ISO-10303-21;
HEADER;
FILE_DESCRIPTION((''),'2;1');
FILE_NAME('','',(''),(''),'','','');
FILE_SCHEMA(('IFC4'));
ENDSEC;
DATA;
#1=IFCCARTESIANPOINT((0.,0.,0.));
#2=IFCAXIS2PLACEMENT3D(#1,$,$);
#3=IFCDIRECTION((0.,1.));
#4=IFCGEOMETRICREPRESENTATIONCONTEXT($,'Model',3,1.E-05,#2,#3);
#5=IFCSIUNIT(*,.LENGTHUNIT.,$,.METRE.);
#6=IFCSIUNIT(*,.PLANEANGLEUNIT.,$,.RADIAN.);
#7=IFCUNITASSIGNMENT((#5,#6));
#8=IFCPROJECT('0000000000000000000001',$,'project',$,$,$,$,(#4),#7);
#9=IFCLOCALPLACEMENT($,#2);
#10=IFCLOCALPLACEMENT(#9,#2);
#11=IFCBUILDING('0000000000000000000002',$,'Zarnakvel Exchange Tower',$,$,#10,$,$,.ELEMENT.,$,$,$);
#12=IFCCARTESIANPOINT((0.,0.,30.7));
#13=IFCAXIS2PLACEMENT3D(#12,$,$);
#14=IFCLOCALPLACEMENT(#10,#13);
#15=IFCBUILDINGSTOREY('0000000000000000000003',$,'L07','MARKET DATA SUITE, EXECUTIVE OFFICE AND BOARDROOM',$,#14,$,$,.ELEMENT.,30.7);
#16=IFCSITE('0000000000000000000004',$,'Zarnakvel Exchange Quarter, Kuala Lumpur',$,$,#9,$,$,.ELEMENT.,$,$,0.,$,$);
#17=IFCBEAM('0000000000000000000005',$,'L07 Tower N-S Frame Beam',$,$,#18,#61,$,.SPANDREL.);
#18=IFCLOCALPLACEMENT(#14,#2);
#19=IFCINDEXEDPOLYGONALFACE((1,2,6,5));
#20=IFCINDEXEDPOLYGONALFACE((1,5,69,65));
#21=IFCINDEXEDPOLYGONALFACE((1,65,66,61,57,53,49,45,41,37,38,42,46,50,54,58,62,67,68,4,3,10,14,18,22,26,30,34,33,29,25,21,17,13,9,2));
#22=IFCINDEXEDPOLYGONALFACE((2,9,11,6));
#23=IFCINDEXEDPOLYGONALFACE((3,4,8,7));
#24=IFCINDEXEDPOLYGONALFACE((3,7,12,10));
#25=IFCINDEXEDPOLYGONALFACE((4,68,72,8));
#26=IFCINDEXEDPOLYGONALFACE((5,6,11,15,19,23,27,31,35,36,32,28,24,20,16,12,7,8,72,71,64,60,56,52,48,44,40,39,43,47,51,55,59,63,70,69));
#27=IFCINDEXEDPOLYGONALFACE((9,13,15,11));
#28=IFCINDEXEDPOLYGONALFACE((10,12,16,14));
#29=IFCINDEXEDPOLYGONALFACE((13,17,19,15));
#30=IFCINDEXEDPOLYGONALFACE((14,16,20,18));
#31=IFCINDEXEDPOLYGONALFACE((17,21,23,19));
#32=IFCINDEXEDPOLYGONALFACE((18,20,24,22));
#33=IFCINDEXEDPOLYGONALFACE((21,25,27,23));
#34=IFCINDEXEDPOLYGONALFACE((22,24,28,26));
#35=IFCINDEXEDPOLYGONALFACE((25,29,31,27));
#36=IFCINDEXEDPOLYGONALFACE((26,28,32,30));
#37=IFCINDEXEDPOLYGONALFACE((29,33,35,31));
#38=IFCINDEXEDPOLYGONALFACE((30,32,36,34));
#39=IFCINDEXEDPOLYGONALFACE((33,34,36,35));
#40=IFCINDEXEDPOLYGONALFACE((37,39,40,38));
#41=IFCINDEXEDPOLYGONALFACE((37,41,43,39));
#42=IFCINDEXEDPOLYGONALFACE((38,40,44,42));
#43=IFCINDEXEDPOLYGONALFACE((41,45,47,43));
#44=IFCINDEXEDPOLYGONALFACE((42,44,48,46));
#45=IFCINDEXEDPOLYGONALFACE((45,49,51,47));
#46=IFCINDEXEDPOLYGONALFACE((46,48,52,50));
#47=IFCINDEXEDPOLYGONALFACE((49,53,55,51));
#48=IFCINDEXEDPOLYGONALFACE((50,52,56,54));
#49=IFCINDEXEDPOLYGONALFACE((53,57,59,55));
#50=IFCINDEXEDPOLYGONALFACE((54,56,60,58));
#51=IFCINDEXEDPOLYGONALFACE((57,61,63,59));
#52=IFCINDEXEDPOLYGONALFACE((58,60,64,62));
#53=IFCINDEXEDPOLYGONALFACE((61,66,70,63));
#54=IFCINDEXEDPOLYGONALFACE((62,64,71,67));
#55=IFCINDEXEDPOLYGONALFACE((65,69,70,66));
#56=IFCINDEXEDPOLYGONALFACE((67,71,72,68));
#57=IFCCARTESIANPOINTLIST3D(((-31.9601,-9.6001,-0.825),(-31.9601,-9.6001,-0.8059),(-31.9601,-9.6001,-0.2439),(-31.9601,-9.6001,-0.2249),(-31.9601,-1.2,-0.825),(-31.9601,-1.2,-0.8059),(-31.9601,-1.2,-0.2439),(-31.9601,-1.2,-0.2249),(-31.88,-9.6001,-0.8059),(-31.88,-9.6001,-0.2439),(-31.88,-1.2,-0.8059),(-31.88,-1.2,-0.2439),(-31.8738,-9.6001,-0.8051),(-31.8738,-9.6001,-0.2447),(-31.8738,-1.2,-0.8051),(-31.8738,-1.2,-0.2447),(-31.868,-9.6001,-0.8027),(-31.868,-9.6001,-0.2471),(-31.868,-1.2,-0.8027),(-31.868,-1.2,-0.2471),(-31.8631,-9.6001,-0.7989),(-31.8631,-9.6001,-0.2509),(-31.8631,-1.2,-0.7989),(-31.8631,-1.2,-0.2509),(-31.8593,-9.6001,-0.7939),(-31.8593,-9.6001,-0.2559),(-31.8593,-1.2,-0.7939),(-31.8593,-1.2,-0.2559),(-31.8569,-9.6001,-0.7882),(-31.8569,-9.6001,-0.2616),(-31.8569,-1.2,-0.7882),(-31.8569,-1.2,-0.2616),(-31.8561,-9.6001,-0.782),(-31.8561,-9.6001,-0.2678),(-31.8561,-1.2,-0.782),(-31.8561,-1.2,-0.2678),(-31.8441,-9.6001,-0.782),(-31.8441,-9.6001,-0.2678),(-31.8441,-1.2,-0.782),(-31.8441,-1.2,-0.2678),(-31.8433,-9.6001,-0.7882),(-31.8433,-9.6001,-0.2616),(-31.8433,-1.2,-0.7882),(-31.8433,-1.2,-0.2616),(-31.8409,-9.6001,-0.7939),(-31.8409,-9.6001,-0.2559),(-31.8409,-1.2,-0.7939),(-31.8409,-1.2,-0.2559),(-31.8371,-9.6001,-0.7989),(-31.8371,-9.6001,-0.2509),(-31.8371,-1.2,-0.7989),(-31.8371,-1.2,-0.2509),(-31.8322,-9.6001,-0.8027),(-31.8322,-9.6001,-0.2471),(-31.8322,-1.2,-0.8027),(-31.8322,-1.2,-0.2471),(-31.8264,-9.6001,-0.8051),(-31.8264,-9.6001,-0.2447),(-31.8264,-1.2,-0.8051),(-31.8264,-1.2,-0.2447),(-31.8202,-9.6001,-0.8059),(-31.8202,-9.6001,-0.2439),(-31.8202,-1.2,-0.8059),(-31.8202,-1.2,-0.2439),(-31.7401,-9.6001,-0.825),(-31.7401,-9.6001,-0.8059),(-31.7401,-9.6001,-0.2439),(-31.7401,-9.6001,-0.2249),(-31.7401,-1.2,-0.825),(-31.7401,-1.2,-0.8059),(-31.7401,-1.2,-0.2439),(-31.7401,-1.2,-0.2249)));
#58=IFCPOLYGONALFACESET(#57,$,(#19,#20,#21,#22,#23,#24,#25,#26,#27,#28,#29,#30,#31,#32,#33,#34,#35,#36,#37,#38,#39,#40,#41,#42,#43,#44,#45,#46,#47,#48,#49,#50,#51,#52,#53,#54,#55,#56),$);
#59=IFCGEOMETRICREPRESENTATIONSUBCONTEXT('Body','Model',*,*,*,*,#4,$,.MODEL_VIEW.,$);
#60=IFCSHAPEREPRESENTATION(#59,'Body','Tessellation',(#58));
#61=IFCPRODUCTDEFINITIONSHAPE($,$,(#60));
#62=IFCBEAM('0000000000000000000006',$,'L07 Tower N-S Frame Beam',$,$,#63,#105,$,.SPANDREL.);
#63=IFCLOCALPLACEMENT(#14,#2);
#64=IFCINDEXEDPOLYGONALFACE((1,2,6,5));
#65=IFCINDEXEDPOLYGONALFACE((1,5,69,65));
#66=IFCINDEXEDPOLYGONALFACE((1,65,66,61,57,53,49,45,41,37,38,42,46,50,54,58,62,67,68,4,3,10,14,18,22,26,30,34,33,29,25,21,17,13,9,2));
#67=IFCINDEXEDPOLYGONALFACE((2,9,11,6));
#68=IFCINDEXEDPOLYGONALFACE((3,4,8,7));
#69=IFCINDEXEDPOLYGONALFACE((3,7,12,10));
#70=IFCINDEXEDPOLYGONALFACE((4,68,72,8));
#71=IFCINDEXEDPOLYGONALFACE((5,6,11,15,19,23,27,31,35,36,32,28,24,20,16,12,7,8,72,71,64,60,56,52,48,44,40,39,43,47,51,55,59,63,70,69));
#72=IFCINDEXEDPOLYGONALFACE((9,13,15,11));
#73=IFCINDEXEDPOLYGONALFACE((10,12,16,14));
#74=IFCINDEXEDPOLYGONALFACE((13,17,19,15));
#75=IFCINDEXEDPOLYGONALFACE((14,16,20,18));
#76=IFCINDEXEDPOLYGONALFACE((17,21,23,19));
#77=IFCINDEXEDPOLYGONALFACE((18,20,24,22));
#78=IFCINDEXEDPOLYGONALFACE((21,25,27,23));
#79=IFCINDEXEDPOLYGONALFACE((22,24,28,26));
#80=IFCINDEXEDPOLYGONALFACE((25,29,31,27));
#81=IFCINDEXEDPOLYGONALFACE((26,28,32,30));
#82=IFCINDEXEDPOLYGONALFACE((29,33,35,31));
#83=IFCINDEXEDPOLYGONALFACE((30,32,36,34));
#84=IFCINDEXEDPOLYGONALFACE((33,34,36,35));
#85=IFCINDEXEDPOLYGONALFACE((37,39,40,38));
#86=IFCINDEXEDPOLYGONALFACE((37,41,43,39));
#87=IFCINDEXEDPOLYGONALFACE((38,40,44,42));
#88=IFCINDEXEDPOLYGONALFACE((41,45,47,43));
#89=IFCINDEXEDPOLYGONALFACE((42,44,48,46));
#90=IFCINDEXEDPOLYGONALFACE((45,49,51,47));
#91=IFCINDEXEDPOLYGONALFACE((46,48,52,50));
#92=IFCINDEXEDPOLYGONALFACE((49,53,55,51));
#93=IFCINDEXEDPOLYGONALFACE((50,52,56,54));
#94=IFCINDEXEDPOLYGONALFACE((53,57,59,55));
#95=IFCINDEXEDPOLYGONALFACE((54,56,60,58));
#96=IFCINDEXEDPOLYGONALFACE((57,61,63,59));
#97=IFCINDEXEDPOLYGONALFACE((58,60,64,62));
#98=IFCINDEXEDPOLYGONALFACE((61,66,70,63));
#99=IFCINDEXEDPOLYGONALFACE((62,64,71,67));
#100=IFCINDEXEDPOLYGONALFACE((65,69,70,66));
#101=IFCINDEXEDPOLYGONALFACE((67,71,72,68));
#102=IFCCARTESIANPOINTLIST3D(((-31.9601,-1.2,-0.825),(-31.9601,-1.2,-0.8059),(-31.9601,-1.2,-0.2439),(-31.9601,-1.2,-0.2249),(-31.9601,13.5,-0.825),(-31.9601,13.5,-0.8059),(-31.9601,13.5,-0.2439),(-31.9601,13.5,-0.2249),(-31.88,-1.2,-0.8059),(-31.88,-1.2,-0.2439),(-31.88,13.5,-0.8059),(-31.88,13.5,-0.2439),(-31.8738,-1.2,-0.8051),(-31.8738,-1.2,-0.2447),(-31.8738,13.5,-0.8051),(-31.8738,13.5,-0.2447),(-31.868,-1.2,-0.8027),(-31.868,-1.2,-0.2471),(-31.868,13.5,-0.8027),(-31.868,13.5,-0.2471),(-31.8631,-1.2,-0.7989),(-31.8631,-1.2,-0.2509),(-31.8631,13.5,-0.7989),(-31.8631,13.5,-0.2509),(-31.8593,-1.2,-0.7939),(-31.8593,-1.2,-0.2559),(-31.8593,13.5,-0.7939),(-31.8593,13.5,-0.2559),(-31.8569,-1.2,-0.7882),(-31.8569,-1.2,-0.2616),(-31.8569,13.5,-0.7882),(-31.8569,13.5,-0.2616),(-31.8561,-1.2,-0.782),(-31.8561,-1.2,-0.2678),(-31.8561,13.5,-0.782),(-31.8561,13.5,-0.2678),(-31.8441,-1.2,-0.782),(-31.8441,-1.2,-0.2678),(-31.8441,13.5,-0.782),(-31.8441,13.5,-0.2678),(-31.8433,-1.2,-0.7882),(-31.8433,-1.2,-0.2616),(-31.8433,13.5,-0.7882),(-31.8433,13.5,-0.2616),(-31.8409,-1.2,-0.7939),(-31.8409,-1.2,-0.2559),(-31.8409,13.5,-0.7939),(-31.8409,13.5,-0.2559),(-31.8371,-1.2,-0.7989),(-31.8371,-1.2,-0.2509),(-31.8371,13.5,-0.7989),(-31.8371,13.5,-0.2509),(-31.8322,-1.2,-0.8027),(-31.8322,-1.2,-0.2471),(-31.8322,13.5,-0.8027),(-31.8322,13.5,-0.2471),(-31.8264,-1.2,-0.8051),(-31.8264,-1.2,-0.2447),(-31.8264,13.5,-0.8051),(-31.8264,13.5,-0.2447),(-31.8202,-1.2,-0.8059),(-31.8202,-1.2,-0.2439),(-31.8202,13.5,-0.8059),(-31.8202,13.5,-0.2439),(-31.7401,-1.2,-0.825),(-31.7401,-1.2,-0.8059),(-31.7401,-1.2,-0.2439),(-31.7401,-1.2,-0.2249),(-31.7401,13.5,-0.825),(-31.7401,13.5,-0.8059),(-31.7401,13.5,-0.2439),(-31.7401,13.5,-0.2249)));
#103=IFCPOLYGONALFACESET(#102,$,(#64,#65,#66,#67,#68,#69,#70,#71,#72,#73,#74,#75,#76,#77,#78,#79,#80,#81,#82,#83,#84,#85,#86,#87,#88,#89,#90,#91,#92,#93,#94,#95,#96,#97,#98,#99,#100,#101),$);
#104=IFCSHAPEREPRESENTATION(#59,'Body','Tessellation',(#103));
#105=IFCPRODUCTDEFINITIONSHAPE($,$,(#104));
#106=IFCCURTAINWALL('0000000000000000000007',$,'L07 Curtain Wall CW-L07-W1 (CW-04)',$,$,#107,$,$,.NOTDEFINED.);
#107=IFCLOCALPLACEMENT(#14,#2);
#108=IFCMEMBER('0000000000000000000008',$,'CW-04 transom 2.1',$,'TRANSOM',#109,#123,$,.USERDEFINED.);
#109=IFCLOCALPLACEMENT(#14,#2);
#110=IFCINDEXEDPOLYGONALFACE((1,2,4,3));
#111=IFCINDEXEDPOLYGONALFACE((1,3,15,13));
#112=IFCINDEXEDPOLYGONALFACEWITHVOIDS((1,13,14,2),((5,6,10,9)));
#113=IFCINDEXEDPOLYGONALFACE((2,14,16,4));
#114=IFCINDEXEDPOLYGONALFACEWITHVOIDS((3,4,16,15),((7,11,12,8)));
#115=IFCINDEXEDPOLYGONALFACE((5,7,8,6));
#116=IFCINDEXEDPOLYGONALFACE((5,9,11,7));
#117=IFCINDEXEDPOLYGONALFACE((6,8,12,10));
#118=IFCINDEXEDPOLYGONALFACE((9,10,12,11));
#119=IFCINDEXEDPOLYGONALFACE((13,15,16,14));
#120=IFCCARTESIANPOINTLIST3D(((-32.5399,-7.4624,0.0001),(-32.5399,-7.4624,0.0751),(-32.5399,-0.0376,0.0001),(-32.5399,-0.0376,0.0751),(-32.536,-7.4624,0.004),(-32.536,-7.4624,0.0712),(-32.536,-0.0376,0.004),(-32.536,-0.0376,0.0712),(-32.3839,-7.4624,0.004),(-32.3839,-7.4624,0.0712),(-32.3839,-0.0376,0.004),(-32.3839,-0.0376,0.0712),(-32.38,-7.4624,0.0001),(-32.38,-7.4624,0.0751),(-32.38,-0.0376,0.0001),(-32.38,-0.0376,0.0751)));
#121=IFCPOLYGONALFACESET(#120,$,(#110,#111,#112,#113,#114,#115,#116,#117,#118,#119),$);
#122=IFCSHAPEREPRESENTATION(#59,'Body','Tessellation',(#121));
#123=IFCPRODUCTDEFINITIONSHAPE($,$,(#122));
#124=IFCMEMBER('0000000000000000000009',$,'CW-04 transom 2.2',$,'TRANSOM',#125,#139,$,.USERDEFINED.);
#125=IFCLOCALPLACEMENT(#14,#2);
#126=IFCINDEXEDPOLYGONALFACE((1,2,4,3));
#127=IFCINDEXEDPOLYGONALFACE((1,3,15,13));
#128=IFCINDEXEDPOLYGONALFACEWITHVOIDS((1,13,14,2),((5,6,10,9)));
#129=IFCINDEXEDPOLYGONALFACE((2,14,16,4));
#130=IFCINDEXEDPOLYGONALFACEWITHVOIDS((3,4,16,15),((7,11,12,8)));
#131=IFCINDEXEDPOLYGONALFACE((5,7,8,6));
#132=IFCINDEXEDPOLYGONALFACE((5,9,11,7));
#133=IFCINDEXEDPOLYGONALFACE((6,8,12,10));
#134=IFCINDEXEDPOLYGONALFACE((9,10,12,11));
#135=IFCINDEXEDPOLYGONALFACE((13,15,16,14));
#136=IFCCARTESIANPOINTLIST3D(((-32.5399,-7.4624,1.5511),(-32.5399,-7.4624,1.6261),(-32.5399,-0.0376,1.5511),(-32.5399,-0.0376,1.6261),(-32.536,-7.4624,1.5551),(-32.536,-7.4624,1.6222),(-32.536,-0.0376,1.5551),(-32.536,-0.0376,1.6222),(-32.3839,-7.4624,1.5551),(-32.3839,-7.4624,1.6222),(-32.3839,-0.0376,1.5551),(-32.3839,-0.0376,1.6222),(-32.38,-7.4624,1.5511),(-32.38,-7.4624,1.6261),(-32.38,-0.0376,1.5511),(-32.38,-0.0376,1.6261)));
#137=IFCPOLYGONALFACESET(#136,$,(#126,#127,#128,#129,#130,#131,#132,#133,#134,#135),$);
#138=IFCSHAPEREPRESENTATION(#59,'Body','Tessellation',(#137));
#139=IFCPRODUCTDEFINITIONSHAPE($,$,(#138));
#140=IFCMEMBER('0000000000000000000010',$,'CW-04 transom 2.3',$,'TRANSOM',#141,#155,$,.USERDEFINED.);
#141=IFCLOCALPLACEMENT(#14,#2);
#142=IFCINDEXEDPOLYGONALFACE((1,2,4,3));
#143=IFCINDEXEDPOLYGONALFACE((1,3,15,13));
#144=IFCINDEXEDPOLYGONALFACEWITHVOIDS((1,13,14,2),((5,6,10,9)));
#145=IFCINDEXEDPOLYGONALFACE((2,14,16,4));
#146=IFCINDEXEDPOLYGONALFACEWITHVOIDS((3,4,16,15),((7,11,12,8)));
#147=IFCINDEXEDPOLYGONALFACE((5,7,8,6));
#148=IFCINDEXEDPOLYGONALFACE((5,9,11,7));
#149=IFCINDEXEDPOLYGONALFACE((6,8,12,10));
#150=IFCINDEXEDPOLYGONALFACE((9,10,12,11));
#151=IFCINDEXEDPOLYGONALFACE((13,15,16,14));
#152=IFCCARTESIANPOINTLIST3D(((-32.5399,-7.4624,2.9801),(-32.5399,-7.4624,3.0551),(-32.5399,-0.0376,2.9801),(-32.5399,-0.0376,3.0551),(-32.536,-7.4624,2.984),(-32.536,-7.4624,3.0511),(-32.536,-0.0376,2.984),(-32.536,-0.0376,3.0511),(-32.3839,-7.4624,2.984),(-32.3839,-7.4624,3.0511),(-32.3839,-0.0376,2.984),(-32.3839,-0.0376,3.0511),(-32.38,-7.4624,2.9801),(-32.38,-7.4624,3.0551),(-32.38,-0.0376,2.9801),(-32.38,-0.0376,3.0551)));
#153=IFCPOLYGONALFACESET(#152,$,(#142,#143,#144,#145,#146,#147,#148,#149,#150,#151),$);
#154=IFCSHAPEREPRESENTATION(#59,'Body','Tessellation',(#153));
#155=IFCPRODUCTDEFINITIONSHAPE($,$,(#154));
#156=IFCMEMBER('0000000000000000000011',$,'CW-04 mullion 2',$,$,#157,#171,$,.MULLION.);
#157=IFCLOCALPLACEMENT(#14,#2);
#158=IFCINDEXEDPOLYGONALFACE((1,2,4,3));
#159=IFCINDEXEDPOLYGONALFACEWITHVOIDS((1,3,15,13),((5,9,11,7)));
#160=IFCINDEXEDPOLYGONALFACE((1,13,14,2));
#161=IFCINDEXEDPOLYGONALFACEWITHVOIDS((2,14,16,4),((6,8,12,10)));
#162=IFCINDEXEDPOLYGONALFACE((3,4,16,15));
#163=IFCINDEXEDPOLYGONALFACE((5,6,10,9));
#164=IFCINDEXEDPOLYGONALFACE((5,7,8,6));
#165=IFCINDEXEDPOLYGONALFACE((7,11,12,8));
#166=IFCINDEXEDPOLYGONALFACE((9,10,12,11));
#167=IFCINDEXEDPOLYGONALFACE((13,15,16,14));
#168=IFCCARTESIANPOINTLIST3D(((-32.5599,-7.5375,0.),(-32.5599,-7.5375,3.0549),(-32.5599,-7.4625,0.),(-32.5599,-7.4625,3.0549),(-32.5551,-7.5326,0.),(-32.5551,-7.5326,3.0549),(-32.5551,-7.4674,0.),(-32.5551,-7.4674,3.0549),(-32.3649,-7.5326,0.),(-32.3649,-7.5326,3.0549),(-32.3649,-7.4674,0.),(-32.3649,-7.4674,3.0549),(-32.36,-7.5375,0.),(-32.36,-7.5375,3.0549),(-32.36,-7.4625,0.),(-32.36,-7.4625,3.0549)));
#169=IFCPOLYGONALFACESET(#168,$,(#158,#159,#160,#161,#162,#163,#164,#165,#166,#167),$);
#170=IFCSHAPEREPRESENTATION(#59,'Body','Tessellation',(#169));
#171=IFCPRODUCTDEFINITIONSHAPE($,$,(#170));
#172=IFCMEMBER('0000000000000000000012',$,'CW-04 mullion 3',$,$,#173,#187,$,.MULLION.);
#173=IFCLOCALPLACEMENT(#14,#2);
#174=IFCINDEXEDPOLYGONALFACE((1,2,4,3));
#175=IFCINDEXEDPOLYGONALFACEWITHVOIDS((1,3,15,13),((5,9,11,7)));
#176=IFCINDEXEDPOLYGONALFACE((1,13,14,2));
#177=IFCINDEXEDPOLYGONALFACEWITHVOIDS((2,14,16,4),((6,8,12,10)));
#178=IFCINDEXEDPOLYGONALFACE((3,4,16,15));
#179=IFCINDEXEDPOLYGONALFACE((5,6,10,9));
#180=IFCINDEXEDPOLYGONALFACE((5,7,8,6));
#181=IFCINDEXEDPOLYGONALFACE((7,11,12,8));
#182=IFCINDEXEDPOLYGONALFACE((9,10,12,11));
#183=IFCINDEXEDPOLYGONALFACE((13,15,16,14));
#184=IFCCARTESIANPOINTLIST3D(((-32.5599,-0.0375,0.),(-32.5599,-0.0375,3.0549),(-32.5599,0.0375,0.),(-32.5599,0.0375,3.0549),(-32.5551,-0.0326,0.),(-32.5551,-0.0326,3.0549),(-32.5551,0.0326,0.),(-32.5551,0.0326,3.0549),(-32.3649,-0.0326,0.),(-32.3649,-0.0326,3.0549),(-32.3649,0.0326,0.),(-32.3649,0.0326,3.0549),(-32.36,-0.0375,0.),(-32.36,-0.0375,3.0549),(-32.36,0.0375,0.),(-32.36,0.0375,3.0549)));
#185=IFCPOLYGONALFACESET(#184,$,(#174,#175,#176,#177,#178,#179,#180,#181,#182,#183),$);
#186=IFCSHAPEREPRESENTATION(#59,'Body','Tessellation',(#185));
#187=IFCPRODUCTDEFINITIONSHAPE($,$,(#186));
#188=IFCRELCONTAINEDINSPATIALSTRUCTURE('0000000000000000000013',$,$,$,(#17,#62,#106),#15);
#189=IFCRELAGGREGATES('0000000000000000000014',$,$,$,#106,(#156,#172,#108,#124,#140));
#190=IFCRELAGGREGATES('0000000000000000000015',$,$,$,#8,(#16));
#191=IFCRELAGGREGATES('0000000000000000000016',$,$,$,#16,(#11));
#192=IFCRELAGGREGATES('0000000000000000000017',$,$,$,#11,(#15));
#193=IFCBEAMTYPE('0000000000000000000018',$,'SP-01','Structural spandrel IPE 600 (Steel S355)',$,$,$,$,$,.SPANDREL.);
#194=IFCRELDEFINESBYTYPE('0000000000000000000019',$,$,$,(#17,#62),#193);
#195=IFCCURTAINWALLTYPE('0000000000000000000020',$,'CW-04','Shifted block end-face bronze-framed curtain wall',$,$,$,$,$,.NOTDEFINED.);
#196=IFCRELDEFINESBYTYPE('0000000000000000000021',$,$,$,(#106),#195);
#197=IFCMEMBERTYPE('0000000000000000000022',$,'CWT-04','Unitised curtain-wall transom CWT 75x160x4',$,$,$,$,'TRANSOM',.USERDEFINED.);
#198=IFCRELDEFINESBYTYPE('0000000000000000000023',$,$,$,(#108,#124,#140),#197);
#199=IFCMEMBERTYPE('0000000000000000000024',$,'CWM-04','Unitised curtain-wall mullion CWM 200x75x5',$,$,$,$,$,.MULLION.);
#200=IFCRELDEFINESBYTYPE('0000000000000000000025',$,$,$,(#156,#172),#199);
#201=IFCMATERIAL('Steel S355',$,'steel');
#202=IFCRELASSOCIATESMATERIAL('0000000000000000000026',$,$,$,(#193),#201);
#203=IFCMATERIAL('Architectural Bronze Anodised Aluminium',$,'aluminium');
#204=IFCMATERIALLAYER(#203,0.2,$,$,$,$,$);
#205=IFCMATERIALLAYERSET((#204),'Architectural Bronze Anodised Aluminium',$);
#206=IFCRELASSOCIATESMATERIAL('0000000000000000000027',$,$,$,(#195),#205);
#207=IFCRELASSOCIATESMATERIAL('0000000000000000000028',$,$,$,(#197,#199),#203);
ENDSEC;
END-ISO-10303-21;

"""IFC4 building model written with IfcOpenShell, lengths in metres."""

from ifc_helpers import new_model, si_unit, direction, frame, origin, origin_2d, place, context, subcontext, project, spatial, hollow_rectangle, i_section, extrude, source, transform, mapped, material, layer, layer_set, material_profile, profile_set, type_object, element, aggregate, save


model = new_model("IFC4")

# Units and contexts
model_context = context("Model", 3, precision=1e-05, world=origin(), true_north=direction((0.0, 1.0)))
body_context = subcontext(model_context, "Body", "Model", "MODEL_VIEW")
ifc_project = project(units=[si_unit("LENGTHUNIT", "METRE"), si_unit("PLANEANGLEUNIT", "RADIAN")], contexts=[model_context])

# Site, building, storey
site_placement = place(None, origin())
site = spatial("IfcSite", under=ifc_project, at=site_placement, Name="Zarnakvel Exchange Quarter, Kuala Lumpur", CompositionType="ELEMENT", RefElevation=0.0)
building_placement = place(site_placement, origin())
building = spatial("IfcBuilding", under=site, at=building_placement, Name="Zarnakvel Exchange Tower", CompositionType="ELEMENT")
storey_placement = place(building_placement, frame((0.0, 0.0, 30.7)))
storey = spatial("IfcBuildingStorey", under=building, at=storey_placement, Name="L07", Description="MARKET DATA SUITE, EXECUTIVE OFFICE AND BOARDROOM", CompositionType="ELEMENT", Elevation=30.7)

# Shared definitions
ifc_material_1 = material(Name="Steel S355", Category="steel")

# Beams
ifc_material_profile_1 = material_profile(ifc_material_1, i_section(OverallWidth=0.22, OverallDepth=0.6001, WebThickness=0.012, FlangeThickness=0.019, FilletRadius=0.0239, at=origin_2d()))
ifc_profile_set_1 = profile_set([ifc_material_profile_1], Name="Steel S355")
beam_type_1 = type_object("IfcBeamType", Name="SP-01", Description="Structural spandrel IPE 600 (Steel S355)", PredefinedType="SPANDREL", material=ifc_profile_set_1)
beam_1_placement = place(storey_placement, frame((-31.8501, -9.6001, -0.5249), z_axis=(0.0, 1.0, 0.0), x_axis=(-1.0, 0.0, 0.0)))
element("IfcBeam", 1, at=beam_1_placement, inside=storey, type_object=beam_type_1, Name="L07 Tower N-S Frame Beam", PredefinedType="SPANDREL", context=body_context, shape_type="SweptSolid", body=[
    extrude(i_section(OverallWidth=0.22, OverallDepth=0.6001, WebThickness=0.012, FlangeThickness=0.019, FilletRadius=0.0239, at=origin_2d()), origin(), (0.0, 0.0, 1.0), 8.4001),
])
beam_2_placement = place(storey_placement, frame((-31.8501, -1.2, -0.5249), z_axis=(0.0, 1.0, 0.0), x_axis=(-1.0, 0.0, 0.0)))
element("IfcBeam", 2, at=beam_2_placement, inside=storey, type_object=beam_type_1, Name="L07 Tower N-S Frame Beam", PredefinedType="SPANDREL", context=body_context, shape_type="SweptSolid", body=[
    extrude(i_section(OverallWidth=0.22, OverallDepth=0.6001, WebThickness=0.012, FlangeThickness=0.019, FilletRadius=0.0239, at=origin_2d()), origin(), (0.0, 0.0, 1.0), 14.7),
])

# Curtain wall, members
ifc_material_2 = material(Name="Architectural Bronze Anodised Aluminium", Category="aluminium")
ifc_layer_1 = layer(ifc_material_2, 0.2)
ifc_layer_set_1 = layer_set([ifc_layer_1], Name="Architectural Bronze Anodised Aluminium")
curtain_wall_type = type_object("IfcCurtainWallType", Name="CW-04", Description="Shifted block end-face bronze-framed curtain wall", PredefinedType="NOTDEFINED", material=ifc_layer_set_1)
curtain_wall_placement = place(storey_placement, origin())
curtain_wall = element("IfcCurtainWall", 3, at=curtain_wall_placement, inside=storey, type_object=curtain_wall_type, Name="L07 Curtain Wall CW-L07-W1 (CW-04)", PredefinedType="NOTDEFINED")
ifc_material_profile_2 = material_profile(ifc_material_2, hollow_rectangle(XDim=0.1599, YDim=0.075, WallThickness=0.0039, at=origin_2d()))
ifc_profile_set_2 = profile_set([ifc_material_profile_2], Name="Architectural Bronze Anodised Aluminium")
member_type_1 = type_object("IfcMemberType", Name="CWT-04", Description="Unitised curtain-wall transom CWT 75x160x4", ElementType="TRANSOM", PredefinedType="USERDEFINED", material=ifc_profile_set_2)
shared_shape_1 = source(origin(), body_context, "Body", "SweptSolid", [
    extrude(hollow_rectangle(XDim=0.1599, YDim=0.075, WallThickness=0.0039, at=origin_2d()), origin(), (0.0, 0.0, 1.0), 7.4248),
])
member_1_placement = place(storey_placement, frame((-32.46, -7.4624, 0.0376), z_axis=(0.0, 1.0, 0.0), x_axis=(-1.0, 0.0, 0.0)))
member_1 = element("IfcMember", 4, at=member_1_placement, type_object=member_type_1, Name="CW-04 transom 2.1", ObjectType="TRANSOM", PredefinedType="USERDEFINED", context=body_context, shape_type="MappedRepresentation", body=[
    mapped(shared_shape_1, transform((0.0, 0.0, 0.0), x_axis=(1.0, 0.0, 0.0), y_axis=(0.0, 1.0, 0.0), z_axis=(0.0, 0.0, 1.0), scale=1.0)),
])
member_2_placement = place(storey_placement, frame((-32.46, -7.4624, 1.5886), z_axis=(0.0, 1.0, 0.0), x_axis=(-1.0, 0.0, 0.0)))
member_2 = element("IfcMember", 5, at=member_2_placement, type_object=member_type_1, Name="CW-04 transom 2.2", ObjectType="TRANSOM", PredefinedType="USERDEFINED", context=body_context, shape_type="MappedRepresentation", body=[
    mapped(shared_shape_1, transform((0.0, 0.0, 0.0), x_axis=(1.0, 0.0, 0.0), y_axis=(0.0, 1.0, 0.0), z_axis=(0.0, 0.0, 1.0), scale=1.0)),
])
member_3_placement = place(storey_placement, frame((-32.46, -7.4624, 3.0176), z_axis=(0.0, 1.0, 0.0), x_axis=(-1.0, 0.0, 0.0)))
member_3 = element("IfcMember", 6, at=member_3_placement, type_object=member_type_1, Name="CW-04 transom 2.3", ObjectType="TRANSOM", PredefinedType="USERDEFINED", context=body_context, shape_type="MappedRepresentation", body=[
    mapped(shared_shape_1, transform((0.0, 0.0, 0.0), x_axis=(1.0, 0.0, 0.0), y_axis=(0.0, 1.0, 0.0), z_axis=(0.0, 0.0, 1.0), scale=1.0)),
])
ifc_material_profile_3 = material_profile(ifc_material_2, hollow_rectangle(XDim=0.2, YDim=0.075, WallThickness=0.0049, at=origin_2d()))
ifc_profile_set_3 = profile_set([ifc_material_profile_3], Name="Architectural Bronze Anodised Aluminium")
member_type_2 = type_object("IfcMemberType", Name="CWM-04", Description="Unitised curtain-wall mullion CWM 200x75x5", PredefinedType="MULLION", material=ifc_profile_set_3)
shared_shape_2 = source(origin(), body_context, "Body", "SweptSolid", [
    extrude(hollow_rectangle(XDim=0.2, YDim=0.075, WallThickness=0.0049, at=origin_2d()), origin(), (0.0, 0.0, 1.0), 3.0549),
])
member_4_placement = place(storey_placement, frame((-32.46, -7.5, 0.0), z_axis=(0.0, 0.0, 1.0), x_axis=(-1.0, 0.0, 0.0)))
member_4 = element("IfcMember", 7, at=member_4_placement, type_object=member_type_2, Name="CW-04 mullion 2", PredefinedType="MULLION", context=body_context, shape_type="MappedRepresentation", body=[
    mapped(shared_shape_2, transform((0.0, 0.0, 0.0), x_axis=(1.0, 0.0, 0.0), y_axis=(0.0, 1.0, 0.0), z_axis=(0.0, 0.0, 1.0), scale=1.0)),
])
member_5_placement = place(storey_placement, frame((-32.46, 0.0, 0.0), z_axis=(0.0, 0.0, 1.0), x_axis=(-1.0, 0.0, 0.0)))
member_5 = element("IfcMember", 8, at=member_5_placement, type_object=member_type_2, Name="CW-04 mullion 3", PredefinedType="MULLION", context=body_context, shape_type="MappedRepresentation", body=[
    mapped(shared_shape_2, transform((0.0, 0.0, 0.0), x_axis=(1.0, 0.0, 0.0), y_axis=(0.0, 1.0, 0.0), z_axis=(0.0, 0.0, 1.0), scale=1.0)),
])
aggregate(curtain_wall, [member_4, member_5, member_1, member_2, member_3])

save(model, "model.ifc")
